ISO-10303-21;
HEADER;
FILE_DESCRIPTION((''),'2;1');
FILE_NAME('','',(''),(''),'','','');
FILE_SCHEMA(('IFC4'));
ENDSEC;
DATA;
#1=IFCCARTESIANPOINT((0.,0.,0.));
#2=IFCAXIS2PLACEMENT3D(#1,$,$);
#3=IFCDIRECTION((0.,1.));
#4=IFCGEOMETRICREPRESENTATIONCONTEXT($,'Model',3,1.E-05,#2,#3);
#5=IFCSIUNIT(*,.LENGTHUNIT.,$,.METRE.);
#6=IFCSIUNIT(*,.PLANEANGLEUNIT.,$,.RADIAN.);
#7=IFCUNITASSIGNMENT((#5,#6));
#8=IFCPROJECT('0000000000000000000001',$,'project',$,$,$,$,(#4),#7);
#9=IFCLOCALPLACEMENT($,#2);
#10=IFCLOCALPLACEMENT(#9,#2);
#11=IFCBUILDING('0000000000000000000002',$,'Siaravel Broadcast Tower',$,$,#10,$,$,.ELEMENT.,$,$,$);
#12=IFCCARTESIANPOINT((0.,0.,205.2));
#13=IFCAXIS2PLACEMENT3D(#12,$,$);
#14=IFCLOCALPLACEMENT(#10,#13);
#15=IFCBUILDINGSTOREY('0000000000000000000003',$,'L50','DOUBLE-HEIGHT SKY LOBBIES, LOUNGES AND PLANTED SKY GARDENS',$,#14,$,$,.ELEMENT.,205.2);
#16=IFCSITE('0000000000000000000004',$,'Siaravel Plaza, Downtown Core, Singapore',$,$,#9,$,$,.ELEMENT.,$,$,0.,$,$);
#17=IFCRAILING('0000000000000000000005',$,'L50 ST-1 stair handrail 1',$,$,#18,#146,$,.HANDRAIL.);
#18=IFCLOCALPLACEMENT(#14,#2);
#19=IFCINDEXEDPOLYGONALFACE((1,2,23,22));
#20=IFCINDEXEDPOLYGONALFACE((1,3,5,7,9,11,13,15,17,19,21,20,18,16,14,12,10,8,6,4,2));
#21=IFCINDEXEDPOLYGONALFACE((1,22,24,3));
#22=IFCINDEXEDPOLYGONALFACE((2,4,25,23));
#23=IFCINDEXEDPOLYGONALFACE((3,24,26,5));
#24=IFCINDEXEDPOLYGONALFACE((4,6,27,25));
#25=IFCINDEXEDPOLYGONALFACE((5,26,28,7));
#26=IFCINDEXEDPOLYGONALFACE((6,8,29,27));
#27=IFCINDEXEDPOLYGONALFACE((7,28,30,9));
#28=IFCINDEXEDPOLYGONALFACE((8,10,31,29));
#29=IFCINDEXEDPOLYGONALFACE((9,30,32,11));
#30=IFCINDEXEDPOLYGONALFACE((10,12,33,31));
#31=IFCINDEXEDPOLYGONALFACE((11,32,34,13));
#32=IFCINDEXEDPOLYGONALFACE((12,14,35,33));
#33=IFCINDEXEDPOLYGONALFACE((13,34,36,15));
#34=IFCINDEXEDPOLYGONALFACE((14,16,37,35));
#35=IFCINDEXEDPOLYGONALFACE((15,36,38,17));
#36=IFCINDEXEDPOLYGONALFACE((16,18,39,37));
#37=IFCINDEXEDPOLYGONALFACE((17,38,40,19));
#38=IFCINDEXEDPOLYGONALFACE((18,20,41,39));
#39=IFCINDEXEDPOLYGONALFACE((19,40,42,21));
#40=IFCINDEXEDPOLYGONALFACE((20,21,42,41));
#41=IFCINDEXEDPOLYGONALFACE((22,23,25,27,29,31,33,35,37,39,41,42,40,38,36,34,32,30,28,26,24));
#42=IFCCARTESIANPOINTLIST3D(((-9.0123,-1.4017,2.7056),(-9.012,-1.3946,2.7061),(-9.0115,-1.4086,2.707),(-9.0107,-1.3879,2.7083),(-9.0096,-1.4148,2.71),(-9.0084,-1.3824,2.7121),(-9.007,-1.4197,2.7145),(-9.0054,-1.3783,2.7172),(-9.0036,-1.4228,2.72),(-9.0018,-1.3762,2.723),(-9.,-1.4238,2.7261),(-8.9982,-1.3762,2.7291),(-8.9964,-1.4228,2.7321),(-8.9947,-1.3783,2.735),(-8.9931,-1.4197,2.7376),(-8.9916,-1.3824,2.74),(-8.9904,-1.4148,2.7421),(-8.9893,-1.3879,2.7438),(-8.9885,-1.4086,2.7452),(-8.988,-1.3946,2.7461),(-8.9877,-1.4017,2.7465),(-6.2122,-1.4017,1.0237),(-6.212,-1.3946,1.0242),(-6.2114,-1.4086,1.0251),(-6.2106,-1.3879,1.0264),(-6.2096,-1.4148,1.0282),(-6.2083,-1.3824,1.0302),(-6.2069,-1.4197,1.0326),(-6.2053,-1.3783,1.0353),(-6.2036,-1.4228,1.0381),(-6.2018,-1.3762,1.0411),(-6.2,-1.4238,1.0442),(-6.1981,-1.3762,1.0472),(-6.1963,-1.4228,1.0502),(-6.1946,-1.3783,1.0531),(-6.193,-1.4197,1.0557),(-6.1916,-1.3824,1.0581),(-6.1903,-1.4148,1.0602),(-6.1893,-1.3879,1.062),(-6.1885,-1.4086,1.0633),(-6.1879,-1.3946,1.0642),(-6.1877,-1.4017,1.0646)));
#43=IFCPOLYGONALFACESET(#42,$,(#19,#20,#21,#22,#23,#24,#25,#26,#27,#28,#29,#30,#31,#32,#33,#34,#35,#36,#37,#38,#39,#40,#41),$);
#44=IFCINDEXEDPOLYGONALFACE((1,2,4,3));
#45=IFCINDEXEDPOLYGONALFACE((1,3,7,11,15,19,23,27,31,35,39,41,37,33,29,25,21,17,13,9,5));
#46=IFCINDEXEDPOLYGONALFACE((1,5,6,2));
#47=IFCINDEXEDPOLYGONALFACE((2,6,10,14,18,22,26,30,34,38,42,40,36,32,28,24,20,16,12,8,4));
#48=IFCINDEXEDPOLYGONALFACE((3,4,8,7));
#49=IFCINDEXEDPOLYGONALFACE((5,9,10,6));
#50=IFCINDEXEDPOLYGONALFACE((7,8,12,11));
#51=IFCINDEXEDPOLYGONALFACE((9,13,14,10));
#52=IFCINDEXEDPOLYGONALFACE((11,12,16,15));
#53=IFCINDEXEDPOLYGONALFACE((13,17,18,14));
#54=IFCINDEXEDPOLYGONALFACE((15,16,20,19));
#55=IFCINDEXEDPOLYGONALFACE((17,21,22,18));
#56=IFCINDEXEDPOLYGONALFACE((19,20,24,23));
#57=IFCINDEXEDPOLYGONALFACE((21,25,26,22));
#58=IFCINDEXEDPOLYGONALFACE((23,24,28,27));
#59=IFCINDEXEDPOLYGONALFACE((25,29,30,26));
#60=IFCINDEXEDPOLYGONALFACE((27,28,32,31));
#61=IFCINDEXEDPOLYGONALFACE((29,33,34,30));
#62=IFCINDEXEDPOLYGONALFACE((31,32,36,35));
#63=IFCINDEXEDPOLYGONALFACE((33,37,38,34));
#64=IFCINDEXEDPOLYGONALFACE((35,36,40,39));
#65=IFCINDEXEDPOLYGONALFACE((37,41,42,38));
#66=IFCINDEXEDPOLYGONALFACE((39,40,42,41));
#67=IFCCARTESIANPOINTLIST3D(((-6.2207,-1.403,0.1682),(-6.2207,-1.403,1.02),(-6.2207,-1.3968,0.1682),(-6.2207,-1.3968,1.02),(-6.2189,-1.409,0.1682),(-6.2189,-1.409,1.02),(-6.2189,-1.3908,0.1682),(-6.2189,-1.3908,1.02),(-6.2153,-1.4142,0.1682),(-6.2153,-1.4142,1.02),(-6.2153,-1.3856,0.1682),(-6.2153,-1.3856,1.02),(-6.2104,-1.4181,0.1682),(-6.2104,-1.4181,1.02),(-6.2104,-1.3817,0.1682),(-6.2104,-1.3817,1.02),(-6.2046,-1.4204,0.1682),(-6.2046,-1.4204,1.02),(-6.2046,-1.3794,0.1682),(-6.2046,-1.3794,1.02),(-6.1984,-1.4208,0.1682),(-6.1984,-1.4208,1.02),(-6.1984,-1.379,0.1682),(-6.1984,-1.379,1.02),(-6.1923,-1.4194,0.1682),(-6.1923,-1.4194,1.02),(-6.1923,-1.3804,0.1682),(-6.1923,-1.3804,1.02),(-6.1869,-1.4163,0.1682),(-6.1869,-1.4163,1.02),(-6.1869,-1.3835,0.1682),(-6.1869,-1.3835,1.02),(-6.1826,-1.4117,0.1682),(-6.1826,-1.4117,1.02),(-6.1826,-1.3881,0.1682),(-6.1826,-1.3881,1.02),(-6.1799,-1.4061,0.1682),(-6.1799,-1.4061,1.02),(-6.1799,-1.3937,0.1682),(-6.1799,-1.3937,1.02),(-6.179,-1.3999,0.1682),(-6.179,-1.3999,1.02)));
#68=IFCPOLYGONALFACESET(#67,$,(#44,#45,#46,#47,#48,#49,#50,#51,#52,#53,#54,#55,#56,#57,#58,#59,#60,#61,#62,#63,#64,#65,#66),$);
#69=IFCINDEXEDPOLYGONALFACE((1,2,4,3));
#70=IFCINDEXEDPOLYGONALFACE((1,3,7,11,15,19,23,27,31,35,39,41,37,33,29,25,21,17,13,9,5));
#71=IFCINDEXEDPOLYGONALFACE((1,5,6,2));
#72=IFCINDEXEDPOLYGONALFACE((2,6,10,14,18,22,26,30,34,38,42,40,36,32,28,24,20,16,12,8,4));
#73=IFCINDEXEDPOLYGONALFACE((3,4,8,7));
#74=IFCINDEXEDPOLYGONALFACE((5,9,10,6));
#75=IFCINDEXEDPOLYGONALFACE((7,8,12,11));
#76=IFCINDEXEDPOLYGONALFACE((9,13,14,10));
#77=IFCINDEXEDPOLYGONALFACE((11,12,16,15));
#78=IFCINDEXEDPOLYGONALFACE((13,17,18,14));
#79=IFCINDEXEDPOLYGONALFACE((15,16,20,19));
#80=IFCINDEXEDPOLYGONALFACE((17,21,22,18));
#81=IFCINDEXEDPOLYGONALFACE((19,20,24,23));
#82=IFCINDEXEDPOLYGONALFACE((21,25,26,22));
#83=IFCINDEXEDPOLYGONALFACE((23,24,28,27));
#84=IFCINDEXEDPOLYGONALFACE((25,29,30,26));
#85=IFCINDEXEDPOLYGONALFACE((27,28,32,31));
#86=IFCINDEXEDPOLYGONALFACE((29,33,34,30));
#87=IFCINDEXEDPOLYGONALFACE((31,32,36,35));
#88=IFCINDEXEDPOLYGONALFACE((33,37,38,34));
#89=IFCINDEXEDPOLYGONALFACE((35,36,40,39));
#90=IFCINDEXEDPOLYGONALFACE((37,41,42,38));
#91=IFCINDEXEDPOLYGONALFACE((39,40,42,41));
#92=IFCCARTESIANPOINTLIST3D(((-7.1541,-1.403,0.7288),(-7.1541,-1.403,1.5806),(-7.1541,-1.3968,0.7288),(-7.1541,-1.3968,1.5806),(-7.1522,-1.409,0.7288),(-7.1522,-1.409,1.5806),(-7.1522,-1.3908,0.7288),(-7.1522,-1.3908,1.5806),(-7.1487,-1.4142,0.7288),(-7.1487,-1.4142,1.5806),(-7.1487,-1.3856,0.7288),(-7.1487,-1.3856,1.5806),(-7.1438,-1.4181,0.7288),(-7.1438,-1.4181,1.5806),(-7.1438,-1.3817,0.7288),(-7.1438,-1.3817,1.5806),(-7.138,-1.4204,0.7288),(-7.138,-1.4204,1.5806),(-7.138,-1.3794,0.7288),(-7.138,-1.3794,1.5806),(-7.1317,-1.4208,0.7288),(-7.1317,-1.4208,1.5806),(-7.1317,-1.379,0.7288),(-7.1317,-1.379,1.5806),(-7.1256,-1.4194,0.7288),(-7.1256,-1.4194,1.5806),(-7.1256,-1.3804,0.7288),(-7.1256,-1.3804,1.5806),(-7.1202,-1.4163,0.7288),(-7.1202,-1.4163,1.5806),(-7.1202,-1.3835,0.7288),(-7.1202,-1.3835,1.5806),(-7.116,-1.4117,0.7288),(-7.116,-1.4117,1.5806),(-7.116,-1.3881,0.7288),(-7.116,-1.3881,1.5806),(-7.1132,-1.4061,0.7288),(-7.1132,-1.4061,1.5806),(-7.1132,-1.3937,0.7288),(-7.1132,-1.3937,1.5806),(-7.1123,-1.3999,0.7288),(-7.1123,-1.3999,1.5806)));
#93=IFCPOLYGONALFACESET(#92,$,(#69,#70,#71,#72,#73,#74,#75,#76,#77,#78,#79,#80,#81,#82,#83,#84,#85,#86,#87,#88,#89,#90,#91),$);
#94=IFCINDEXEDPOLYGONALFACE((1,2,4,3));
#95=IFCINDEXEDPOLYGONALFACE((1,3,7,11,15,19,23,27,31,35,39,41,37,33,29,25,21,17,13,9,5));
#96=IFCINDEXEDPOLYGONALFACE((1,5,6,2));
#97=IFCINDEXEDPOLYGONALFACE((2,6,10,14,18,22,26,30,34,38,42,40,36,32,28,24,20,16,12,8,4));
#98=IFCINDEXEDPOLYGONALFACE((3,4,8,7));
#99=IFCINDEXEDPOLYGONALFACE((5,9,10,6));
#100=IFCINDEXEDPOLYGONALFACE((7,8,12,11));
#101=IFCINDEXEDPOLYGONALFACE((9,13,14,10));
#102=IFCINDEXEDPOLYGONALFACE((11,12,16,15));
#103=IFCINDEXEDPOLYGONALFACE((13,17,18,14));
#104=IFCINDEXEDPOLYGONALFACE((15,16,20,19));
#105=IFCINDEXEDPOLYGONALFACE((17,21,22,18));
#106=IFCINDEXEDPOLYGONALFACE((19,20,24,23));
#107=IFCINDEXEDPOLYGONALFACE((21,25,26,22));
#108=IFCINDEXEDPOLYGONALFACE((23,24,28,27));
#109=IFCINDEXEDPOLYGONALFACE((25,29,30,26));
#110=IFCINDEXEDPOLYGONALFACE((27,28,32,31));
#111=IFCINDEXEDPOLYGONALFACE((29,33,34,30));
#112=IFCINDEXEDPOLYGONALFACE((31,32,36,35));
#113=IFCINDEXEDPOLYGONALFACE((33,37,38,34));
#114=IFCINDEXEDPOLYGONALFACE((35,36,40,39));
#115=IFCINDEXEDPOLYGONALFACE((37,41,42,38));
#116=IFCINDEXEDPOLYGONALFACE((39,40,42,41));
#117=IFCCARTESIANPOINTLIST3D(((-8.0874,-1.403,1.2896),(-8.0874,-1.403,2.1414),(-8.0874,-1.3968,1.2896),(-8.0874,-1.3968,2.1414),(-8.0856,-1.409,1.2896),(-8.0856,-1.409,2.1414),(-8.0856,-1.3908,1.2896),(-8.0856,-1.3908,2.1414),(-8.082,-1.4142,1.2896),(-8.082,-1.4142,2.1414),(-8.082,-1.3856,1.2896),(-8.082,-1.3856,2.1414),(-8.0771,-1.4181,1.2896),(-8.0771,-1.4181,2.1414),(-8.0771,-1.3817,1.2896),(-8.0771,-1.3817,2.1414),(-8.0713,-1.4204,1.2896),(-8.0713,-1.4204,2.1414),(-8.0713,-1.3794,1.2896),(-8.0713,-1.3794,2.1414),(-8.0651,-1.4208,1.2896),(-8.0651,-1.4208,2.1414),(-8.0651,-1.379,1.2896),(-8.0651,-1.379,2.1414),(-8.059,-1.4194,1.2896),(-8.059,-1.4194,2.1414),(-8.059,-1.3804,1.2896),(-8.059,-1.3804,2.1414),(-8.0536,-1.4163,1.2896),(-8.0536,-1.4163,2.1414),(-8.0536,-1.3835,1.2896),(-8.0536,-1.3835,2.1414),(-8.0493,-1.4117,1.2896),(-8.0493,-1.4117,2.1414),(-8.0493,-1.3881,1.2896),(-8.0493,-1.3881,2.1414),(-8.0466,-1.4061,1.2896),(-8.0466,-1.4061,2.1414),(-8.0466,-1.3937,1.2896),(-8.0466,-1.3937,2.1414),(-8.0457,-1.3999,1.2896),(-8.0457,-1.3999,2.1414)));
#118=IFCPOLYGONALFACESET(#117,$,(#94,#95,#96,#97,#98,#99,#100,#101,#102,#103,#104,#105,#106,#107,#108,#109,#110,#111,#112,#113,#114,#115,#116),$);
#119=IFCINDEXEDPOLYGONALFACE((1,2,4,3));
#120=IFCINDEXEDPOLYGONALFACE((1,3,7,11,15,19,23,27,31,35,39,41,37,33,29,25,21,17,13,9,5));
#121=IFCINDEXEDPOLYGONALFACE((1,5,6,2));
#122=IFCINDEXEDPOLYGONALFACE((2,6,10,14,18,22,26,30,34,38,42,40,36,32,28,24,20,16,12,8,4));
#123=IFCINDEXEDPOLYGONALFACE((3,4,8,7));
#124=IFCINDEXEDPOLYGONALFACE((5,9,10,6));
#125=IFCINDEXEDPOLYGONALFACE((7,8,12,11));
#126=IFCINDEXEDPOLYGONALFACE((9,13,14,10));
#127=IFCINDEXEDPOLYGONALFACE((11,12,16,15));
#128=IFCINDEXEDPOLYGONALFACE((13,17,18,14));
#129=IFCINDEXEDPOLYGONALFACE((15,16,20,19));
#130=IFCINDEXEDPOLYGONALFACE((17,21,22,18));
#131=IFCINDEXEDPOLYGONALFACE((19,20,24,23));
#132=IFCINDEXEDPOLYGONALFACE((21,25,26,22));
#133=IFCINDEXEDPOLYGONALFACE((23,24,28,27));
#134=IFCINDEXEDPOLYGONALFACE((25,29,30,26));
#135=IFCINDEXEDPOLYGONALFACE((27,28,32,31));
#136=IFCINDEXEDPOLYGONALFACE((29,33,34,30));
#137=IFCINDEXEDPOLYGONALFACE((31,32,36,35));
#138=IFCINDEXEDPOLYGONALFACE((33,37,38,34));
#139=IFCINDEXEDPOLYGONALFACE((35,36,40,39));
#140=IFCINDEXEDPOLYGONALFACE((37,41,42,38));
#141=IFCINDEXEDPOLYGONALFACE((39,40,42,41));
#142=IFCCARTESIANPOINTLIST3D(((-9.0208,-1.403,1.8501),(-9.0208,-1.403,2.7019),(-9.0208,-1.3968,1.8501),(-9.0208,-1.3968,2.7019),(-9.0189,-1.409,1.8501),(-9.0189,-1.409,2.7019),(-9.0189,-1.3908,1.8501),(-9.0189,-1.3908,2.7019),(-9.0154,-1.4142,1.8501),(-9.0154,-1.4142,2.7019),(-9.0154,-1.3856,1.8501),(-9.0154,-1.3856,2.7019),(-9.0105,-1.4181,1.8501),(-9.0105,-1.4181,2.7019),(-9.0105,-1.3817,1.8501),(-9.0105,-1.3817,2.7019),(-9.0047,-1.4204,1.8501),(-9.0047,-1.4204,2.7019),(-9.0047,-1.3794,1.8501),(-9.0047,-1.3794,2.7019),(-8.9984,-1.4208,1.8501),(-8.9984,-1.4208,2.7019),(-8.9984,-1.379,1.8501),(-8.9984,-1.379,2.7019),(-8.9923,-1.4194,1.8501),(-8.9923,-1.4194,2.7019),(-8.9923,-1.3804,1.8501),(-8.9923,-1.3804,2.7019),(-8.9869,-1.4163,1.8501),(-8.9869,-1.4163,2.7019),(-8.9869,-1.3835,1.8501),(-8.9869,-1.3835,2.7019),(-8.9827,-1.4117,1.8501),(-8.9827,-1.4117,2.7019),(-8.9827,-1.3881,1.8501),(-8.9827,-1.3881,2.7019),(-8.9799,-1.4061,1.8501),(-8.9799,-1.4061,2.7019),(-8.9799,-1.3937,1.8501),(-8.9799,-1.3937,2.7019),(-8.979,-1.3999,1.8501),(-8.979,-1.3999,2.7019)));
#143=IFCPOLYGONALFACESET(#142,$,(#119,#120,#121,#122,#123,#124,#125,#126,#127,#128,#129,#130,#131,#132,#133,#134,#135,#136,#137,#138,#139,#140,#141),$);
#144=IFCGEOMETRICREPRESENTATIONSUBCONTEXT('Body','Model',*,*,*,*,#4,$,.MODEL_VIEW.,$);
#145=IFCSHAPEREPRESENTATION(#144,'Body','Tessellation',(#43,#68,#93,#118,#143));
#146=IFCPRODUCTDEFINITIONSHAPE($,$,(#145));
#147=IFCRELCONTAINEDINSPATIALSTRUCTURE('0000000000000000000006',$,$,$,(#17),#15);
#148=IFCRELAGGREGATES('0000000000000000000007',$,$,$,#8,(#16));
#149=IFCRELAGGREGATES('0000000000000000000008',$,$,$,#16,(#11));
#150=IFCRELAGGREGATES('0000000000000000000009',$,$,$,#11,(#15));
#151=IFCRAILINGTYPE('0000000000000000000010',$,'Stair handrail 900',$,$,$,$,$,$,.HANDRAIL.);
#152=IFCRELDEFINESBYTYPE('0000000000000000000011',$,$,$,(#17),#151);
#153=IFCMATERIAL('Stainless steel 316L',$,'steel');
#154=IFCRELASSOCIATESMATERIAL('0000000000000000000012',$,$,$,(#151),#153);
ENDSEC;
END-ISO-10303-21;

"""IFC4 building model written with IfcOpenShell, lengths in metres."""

from ifc_helpers import new_model, si_unit, direction, frame, origin, origin_2d, place, context, subcontext, project, spatial, circle, extrude, material, type_object, element, save


model = new_model("IFC4")

# Units and contexts
model_context = context("Model", 3, precision=1e-05, world=origin(), true_north=direction((0.0, 1.0)))
body_context = subcontext(model_context, "Body", "Model", "MODEL_VIEW")
ifc_project = project(units=[si_unit("LENGTHUNIT", "METRE"), si_unit("PLANEANGLEUNIT", "RADIAN")], contexts=[model_context])

# Site, building, storey
site_placement = place(None, origin())
site = spatial("IfcSite", under=ifc_project, at=site_placement, Name="Siaravel Plaza, Downtown Core, Singapore", CompositionType="ELEMENT", RefElevation=0.0)
building_placement = place(site_placement, origin())
building = spatial("IfcBuilding", under=site, at=building_placement, Name="Siaravel Broadcast Tower", CompositionType="ELEMENT")
storey_placement = place(building_placement, frame((0.0, 0.0, 205.2)))
storey = spatial("IfcBuildingStorey", under=building, at=storey_placement, Name="L50", Description="DOUBLE-HEIGHT SKY LOBBIES, LOUNGES AND PLANTED SKY GARDENS", CompositionType="ELEMENT", Elevation=205.2)

# Shared definitions
ifc_material_1 = material(Name="Stainless steel 316L", Category="steel")

# Railing
railing_type_1 = type_object("IfcRailingType", Name="Stair handrail 900", PredefinedType="HANDRAIL", material=ifc_material_1)
railing_1_placement = place(storey_placement, frame((-6.2, -1.3999, 0.1682)))
element("IfcRailing", 1, at=railing_1_placement, inside=storey, type_object=railing_type_1, Name="L50 ST-1 stair handrail 1", PredefinedType="HANDRAIL", context=body_context, shape_type="SweptSolid", body=[
    extrude(circle(Radius=0.0239, at=origin_2d()), frame((0.0, 0.0, 0.876), z_axis=(-0.857242, 0.0, 0.514913), x_axis=(0.0, -1.0, 0.0)), (0.0, 0.0, 1.0), 3.2664),
    extrude(circle(Radius=0.021, at=origin_2d()), origin(), (0.0, 0.0, 1.0), 0.8518),
    extrude(circle(Radius=0.021, at=origin_2d()), frame((-0.9333, 0.0, 0.5605)), (0.0, 0.0, 1.0), 0.8518),
    extrude(circle(Radius=0.021, at=origin_2d()), frame((-1.8667, 0.0, 1.1213)), (0.0, 0.0, 1.0), 0.8518),
    extrude(circle(Radius=0.021, at=origin_2d()), frame((-2.8, 0.0, 1.6819)), (0.0, 0.0, 1.0), 0.8518),
])

save(model, "model.ifc")
